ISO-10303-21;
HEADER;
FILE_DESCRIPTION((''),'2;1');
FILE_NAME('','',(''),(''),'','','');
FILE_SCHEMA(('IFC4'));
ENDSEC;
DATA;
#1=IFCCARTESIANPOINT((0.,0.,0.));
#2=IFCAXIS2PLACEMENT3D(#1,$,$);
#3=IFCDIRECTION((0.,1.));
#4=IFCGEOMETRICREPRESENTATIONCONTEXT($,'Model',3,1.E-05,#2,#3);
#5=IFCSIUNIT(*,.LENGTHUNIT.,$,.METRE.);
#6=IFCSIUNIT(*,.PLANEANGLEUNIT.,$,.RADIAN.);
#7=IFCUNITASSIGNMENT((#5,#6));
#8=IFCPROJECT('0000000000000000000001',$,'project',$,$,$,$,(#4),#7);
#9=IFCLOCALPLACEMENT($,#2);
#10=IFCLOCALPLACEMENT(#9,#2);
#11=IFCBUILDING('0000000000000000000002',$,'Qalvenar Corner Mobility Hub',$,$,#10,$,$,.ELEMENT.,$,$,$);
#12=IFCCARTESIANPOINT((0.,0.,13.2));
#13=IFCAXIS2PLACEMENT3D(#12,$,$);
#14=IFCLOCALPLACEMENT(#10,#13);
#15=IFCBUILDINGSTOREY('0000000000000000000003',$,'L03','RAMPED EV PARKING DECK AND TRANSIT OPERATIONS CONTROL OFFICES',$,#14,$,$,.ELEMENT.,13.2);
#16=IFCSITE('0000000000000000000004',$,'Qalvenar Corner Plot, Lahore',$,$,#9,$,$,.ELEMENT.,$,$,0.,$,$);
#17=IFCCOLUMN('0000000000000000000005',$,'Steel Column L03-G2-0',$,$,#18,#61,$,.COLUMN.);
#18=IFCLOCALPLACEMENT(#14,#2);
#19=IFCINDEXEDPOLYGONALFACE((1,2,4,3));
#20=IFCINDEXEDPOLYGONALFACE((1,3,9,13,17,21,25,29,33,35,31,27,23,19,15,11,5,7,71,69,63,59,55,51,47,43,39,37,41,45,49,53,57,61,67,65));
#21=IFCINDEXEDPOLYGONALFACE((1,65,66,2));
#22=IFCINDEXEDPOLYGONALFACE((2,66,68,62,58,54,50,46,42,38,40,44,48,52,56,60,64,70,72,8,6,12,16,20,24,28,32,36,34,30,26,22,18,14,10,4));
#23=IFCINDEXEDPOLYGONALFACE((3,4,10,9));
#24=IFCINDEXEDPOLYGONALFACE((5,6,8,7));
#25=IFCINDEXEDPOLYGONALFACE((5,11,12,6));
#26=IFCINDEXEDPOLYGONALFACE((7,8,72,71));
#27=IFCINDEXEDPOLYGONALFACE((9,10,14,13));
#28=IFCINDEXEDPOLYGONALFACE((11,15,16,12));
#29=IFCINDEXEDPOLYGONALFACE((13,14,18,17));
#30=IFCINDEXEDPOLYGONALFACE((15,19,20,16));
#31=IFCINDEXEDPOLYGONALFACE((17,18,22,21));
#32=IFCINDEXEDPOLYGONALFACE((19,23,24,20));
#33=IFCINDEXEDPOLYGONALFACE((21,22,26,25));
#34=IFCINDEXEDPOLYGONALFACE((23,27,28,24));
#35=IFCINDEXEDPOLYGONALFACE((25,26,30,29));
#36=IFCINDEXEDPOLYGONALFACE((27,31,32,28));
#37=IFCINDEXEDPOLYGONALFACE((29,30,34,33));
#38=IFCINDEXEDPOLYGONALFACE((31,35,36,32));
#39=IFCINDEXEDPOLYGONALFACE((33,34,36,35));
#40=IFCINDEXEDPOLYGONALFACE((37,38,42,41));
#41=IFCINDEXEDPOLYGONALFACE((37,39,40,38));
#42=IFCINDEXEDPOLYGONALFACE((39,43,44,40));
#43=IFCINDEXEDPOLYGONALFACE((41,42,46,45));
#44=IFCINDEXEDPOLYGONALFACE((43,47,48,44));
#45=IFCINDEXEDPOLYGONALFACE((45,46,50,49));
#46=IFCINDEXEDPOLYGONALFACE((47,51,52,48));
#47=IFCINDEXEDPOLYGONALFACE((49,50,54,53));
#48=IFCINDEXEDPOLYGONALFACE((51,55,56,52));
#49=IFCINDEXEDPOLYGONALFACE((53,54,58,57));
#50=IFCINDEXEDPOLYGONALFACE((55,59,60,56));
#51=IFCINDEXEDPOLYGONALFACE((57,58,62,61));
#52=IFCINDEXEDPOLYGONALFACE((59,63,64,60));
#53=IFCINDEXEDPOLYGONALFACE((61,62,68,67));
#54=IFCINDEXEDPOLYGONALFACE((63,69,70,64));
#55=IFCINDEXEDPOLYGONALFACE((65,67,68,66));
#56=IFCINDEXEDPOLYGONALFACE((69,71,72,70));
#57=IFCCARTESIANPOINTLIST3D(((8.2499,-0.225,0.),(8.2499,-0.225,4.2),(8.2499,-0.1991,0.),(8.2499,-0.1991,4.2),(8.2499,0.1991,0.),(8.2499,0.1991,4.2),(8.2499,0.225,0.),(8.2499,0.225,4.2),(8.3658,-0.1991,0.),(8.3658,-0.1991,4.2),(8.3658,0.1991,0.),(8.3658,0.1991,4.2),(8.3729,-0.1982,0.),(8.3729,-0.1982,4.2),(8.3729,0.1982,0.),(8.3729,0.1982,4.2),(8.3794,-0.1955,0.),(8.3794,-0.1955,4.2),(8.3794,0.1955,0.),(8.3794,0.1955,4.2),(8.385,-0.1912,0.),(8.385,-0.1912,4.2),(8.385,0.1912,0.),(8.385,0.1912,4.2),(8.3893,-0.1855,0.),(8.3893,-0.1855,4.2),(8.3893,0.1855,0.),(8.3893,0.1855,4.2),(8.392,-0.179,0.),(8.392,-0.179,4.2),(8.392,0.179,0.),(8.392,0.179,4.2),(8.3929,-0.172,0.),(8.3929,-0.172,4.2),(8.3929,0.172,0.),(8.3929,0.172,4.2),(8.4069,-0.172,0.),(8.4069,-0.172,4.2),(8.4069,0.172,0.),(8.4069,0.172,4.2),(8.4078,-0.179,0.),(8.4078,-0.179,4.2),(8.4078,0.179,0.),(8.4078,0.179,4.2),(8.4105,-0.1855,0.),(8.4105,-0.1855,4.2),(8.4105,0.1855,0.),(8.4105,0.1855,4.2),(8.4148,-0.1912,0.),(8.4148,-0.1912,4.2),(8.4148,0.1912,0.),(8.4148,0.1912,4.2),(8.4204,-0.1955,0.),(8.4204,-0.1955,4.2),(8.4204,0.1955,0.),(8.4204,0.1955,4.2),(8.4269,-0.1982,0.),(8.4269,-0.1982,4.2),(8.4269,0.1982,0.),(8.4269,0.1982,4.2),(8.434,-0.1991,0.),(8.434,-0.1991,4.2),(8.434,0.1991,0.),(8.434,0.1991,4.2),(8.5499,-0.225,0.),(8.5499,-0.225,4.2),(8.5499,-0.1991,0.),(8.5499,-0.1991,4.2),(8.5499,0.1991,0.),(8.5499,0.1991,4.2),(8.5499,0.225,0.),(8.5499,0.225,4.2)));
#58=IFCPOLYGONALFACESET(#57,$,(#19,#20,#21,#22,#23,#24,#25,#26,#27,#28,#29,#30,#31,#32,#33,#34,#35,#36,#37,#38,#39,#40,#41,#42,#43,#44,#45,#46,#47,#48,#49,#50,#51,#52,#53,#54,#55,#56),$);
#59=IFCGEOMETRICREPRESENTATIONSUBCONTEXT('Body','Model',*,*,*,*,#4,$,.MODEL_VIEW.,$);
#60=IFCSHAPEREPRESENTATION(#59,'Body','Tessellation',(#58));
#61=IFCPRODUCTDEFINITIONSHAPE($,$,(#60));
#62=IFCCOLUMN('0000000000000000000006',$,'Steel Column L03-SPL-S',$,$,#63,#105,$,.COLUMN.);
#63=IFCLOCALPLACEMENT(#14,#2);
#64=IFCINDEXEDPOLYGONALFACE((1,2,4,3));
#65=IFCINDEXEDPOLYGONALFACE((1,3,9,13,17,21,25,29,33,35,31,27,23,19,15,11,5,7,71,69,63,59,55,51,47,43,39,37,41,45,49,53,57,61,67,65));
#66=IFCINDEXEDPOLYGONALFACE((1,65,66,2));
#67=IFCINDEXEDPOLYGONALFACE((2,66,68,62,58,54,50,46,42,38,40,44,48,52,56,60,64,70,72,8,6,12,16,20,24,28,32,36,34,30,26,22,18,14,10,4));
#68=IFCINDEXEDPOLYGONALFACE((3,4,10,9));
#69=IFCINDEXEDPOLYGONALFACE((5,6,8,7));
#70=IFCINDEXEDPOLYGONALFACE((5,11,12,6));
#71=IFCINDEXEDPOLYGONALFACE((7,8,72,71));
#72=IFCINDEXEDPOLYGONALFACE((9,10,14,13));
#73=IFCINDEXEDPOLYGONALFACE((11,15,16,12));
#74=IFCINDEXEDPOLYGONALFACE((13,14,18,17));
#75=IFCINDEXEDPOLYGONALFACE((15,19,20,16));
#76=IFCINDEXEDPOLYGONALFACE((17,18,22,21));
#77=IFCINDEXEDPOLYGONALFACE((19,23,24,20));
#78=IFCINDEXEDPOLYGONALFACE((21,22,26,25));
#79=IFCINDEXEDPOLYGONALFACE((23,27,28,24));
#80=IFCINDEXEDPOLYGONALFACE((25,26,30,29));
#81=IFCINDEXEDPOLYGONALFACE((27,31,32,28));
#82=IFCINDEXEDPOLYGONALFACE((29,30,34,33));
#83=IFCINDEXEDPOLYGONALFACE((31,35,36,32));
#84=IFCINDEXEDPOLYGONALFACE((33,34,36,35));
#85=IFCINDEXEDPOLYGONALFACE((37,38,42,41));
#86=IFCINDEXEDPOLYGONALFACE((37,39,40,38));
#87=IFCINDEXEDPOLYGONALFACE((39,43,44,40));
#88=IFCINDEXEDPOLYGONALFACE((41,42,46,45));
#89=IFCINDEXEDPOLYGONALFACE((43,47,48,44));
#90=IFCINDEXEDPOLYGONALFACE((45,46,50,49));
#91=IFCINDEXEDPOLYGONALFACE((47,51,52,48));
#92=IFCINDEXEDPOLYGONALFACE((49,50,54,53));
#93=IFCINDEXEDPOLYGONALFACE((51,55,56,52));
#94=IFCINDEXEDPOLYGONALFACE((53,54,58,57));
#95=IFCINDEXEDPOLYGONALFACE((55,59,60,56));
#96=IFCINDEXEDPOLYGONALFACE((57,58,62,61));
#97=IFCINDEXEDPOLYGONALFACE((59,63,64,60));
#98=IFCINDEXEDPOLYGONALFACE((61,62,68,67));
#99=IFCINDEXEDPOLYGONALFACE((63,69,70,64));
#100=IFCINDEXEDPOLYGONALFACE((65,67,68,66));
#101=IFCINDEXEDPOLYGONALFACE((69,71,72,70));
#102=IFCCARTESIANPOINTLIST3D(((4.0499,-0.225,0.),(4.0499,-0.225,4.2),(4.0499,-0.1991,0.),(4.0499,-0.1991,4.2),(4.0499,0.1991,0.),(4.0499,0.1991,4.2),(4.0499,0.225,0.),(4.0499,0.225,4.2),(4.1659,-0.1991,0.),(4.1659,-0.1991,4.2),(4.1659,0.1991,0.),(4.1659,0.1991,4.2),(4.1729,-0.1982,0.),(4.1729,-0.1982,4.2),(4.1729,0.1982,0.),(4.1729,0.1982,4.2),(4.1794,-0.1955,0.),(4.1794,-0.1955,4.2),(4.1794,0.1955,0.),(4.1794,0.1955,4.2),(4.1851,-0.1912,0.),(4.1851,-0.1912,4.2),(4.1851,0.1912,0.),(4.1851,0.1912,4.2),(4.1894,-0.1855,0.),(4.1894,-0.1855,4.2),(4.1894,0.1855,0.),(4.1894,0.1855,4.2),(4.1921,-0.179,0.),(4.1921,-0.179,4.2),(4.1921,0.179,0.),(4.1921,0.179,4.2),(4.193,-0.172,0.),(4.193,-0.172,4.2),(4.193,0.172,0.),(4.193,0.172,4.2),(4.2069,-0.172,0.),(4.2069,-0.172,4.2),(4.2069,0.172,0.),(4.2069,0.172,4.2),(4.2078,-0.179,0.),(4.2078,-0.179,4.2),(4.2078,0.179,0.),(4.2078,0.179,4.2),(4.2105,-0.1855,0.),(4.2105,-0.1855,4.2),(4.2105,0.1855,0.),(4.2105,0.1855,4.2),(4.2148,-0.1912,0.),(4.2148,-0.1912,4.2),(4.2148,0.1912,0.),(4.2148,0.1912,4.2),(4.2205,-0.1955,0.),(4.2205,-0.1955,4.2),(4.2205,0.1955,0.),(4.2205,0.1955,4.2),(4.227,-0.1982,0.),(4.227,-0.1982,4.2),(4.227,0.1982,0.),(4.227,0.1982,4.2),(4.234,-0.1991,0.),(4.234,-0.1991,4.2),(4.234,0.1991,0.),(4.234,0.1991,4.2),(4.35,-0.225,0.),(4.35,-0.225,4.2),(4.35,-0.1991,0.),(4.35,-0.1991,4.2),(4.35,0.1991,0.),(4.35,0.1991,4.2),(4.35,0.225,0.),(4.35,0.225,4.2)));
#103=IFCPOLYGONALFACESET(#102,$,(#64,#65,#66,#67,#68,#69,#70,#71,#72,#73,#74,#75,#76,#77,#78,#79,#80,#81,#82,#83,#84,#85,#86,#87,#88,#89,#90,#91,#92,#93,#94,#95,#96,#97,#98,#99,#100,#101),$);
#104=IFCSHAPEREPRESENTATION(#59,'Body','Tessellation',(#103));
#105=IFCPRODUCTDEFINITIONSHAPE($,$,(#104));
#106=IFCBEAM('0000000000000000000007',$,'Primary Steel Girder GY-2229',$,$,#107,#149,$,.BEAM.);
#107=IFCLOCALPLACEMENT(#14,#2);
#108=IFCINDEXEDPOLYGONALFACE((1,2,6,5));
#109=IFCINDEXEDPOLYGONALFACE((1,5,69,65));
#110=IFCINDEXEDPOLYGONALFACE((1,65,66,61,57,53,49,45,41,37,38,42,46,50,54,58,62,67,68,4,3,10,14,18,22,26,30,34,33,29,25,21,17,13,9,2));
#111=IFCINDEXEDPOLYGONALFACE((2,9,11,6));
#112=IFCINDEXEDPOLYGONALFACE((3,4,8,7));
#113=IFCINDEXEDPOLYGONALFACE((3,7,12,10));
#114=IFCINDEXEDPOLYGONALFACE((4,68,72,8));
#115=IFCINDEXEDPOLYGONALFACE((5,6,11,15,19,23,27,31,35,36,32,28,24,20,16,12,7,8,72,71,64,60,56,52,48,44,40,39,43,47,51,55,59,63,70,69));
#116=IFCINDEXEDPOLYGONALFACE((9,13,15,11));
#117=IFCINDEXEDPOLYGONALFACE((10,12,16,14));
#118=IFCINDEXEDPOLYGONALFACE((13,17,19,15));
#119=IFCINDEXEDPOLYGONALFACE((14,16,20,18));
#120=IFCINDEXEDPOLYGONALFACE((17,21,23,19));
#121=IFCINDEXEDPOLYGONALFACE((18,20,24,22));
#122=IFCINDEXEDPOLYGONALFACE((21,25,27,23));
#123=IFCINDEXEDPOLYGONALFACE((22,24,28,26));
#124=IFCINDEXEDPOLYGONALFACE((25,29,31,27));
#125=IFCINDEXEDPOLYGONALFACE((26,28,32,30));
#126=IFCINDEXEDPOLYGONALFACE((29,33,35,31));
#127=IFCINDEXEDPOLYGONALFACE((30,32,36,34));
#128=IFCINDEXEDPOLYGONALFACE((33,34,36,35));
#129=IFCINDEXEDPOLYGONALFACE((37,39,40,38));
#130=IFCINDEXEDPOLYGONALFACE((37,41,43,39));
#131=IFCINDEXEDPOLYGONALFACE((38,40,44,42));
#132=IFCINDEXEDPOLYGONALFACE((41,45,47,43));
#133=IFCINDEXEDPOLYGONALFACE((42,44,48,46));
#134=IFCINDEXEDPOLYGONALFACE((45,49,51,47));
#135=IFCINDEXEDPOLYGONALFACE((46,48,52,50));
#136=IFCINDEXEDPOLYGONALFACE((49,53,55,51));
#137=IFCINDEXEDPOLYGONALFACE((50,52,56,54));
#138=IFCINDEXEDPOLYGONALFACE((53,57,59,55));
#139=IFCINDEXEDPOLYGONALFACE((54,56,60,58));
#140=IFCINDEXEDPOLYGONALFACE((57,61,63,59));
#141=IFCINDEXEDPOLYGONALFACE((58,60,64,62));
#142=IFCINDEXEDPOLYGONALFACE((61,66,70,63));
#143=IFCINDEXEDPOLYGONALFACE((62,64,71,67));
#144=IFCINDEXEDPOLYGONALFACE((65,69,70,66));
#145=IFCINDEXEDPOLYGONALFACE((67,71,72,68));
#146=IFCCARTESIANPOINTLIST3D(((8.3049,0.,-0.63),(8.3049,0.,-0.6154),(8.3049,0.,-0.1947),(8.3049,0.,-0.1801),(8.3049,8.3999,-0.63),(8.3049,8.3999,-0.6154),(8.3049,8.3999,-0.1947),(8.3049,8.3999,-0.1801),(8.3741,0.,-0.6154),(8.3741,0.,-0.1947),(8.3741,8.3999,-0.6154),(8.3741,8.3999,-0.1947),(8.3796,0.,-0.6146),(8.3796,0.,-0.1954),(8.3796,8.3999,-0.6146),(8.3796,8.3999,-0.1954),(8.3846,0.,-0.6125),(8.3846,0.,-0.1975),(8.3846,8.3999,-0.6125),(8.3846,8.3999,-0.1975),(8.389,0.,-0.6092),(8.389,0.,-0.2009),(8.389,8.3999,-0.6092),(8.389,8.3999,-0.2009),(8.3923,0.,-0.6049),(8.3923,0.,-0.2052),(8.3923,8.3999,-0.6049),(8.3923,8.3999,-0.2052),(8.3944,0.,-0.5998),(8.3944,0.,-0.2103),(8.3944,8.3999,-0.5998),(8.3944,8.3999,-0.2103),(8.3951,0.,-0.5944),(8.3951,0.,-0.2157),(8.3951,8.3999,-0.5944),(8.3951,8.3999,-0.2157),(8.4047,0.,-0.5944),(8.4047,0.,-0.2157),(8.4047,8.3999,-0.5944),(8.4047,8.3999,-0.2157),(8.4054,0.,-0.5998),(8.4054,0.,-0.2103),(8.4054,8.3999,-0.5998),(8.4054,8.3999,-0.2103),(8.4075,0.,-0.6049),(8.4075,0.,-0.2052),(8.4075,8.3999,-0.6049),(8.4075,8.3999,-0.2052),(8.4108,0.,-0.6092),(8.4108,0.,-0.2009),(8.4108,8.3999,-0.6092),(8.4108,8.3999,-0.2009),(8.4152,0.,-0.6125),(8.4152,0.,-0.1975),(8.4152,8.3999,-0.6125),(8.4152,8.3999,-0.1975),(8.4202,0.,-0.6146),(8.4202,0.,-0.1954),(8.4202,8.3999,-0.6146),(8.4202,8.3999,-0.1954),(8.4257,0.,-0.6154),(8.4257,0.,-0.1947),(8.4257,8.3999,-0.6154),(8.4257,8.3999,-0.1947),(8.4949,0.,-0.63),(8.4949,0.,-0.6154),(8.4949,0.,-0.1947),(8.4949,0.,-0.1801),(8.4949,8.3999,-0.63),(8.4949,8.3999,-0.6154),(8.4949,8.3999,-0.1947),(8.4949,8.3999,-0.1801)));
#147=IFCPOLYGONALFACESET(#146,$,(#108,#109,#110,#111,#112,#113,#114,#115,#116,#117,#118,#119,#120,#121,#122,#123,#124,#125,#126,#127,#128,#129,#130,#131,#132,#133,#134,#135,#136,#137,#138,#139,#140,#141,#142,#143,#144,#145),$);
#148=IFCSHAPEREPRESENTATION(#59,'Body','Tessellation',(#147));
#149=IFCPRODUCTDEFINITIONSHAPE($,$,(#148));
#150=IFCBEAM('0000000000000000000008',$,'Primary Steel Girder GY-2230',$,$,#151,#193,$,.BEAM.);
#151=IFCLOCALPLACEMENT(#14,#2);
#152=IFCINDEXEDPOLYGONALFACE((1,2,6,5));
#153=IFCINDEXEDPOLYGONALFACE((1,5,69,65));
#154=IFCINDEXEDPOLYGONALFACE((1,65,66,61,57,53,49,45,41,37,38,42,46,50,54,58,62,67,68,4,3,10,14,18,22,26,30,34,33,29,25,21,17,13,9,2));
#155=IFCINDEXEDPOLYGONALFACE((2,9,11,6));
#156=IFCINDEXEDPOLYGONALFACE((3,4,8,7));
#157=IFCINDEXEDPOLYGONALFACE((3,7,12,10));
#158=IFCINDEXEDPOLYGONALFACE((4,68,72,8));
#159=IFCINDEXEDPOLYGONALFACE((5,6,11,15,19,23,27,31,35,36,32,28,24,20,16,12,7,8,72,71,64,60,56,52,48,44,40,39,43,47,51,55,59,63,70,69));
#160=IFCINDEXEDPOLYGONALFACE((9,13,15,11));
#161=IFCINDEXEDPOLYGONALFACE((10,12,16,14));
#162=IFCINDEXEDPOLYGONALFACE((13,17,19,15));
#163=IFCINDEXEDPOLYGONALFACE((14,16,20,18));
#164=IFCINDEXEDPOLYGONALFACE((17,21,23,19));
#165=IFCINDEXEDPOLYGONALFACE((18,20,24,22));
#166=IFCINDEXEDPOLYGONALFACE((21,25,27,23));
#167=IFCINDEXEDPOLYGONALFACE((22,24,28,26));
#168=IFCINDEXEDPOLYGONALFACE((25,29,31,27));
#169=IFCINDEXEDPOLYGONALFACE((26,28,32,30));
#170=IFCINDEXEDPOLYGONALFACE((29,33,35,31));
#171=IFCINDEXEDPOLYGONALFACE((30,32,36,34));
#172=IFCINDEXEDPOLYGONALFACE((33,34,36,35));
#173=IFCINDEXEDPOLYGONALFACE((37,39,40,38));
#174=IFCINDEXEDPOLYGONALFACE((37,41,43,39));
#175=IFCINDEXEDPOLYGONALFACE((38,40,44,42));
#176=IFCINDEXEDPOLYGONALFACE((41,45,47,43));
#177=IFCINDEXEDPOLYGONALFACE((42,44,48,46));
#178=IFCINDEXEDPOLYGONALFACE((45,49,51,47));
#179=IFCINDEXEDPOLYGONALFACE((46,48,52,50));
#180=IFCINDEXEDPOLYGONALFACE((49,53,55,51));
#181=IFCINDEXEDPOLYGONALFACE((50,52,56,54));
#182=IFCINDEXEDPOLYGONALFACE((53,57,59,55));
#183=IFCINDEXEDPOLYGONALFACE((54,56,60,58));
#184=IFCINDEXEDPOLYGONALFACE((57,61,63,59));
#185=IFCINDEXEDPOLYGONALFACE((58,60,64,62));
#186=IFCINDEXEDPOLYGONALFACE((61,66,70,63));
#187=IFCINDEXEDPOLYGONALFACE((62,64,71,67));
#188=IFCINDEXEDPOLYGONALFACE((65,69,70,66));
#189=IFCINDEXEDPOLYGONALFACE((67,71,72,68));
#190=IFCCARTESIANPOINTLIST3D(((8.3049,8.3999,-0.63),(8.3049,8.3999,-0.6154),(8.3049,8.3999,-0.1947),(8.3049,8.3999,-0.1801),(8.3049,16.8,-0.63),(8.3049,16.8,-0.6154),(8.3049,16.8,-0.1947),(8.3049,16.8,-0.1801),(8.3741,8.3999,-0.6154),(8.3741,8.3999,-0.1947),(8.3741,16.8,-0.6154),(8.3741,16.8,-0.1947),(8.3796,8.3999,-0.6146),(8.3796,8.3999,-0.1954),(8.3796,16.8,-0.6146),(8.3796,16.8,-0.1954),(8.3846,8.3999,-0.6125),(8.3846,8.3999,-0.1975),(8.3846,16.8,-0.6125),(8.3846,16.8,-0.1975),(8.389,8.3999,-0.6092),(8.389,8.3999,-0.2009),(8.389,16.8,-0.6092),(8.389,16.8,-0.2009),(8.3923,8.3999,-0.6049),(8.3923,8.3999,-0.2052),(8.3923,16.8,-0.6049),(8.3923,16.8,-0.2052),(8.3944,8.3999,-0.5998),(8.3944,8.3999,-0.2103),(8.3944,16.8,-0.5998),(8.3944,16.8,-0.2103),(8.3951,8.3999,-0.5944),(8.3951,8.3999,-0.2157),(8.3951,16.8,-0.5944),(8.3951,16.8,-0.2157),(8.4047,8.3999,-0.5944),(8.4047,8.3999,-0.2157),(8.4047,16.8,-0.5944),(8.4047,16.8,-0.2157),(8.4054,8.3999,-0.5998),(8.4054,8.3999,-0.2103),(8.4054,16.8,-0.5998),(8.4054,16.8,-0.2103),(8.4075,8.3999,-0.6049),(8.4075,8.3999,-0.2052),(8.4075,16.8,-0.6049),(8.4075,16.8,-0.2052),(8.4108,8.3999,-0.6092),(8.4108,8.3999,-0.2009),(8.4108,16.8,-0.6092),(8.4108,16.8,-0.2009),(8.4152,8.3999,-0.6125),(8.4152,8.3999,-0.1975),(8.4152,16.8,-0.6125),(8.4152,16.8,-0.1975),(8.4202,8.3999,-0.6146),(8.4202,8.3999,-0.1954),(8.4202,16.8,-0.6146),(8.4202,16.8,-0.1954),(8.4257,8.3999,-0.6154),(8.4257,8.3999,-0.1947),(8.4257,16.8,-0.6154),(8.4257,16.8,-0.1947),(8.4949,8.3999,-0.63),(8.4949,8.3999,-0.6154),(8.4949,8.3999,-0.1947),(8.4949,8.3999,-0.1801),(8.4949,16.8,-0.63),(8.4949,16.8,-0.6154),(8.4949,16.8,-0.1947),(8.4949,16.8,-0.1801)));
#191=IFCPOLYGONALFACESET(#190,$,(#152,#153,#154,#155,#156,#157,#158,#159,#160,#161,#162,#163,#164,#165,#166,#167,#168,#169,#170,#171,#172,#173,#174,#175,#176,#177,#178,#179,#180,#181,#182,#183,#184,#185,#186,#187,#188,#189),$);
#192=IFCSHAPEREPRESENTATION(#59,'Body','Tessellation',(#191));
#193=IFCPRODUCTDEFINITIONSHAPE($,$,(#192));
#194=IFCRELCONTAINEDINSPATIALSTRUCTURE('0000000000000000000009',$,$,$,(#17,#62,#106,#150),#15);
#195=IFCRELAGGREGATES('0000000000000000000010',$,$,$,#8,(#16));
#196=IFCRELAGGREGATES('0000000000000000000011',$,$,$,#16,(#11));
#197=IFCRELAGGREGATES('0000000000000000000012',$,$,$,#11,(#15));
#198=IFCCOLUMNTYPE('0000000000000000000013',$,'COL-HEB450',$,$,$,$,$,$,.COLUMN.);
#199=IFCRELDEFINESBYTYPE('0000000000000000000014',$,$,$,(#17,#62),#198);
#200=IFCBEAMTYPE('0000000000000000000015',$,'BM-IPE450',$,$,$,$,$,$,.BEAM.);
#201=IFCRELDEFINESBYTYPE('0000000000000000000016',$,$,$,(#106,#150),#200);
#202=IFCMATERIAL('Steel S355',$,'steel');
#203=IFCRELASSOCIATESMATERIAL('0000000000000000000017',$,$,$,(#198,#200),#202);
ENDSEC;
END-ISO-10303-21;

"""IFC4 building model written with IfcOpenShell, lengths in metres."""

from ifc_helpers import new_model, si_unit, direction, frame, origin, origin_2d, place, context, subcontext, project, spatial, i_section, extrude, material, material_profile, profile_set, type_object, element, save


model = new_model("IFC4")

# Units and contexts
model_context = context("Model", 3, precision=1e-05, world=origin(), true_north=direction((0.0, 1.0)))
body_context = subcontext(model_context, "Body", "Model", "MODEL_VIEW")
ifc_project = project(units=[si_unit("LENGTHUNIT", "METRE"), si_unit("PLANEANGLEUNIT", "RADIAN")], contexts=[model_context])

# Site, building, storey
site_placement = place(None, origin())
site = spatial("IfcSite", under=ifc_project, at=site_placement, Name="Qalvenar Corner Plot, Lahore", CompositionType="ELEMENT", RefElevation=0.0)
building_placement = place(site_placement, origin())
building = spatial("IfcBuilding", under=site, at=building_placement, Name="Qalvenar Corner Mobility Hub", CompositionType="ELEMENT")
storey_placement = place(building_placement, frame((0.0, 0.0, 13.2)))
storey = spatial("IfcBuildingStorey", under=building, at=storey_placement, Name="L03", Description="RAMPED EV PARKING DECK AND TRANSIT OPERATIONS CONTROL OFFICES", CompositionType="ELEMENT", Elevation=13.2)

# Columns
ifc_material_1 = material(Name="Steel S355", Category="steel")
ifc_material_profile_1 = material_profile(ifc_material_1, i_section(OverallWidth=0.3, OverallDepth=0.45, WebThickness=0.0139, FlangeThickness=0.0259, FilletRadius=0.0271, at=origin_2d()), Name="HEB450")
ifc_profile_set_1 = profile_set([ifc_material_profile_1], Name="Steel S355")
column_type = type_object("IfcColumnType", Name="COL-HEB450", PredefinedType="COLUMN", material=ifc_profile_set_1)
for number, where, z_axis, x_axis, name in (
    (1, (8.3999, 0.0, 0.0), (0.0, 0.0, 1.0), (1.0, 0.0, 0.0), "Steel Column L03-G2-0"),
    (2, (4.2, 0.0, 0.0), (0.0, 0.0, 1.0), (1.0, 0.0, 0.0), "Steel Column L03-SPL-S"),
):
    element("IfcColumn", number, at=place(storey_placement, frame(where, z_axis=z_axis, x_axis=x_axis)), inside=storey, type_object=column_type, Name=name, PredefinedType="COLUMN", context=body_context, shape_type="SweptSolid", body=[
        extrude(i_section(OverallWidth=0.3, OverallDepth=0.45, WebThickness=0.0139, FlangeThickness=0.0259, FilletRadius=0.0271, at=origin_2d()), origin(), (0.0, 0.0, 1.0), 4.2),
    ])

# Beams
ifc_material_profile_2 = material_profile(ifc_material_1, i_section(OverallWidth=0.1899, OverallDepth=0.45, WebThickness=0.0095, FlangeThickness=0.0146, FilletRadius=0.021, at=origin_2d()), Name="IPE450")
ifc_profile_set_2 = profile_set([ifc_material_profile_2], Name="Steel S355")
beam_type_1 = type_object("IfcBeamType", Name="BM-IPE450", PredefinedType="BEAM", material=ifc_profile_set_2)
beam_1_placement = place(storey_placement, frame((8.3999, 0.0, -0.405), z_axis=(0.0, 1.0, 0.0), x_axis=(-1.0, 0.0, 0.0)))
element("IfcBeam", 3, at=beam_1_placement, inside=storey, type_object=beam_type_1, Name="Primary Steel Girder GY-2229", PredefinedType="BEAM", context=body_context, shape_type="SweptSolid", body=[
    extrude(i_section(OverallWidth=0.1899, OverallDepth=0.45, WebThickness=0.0095, FlangeThickness=0.0146, FilletRadius=0.021, at=origin_2d()), origin(), (0.0, 0.0, 1.0), 8.3999),
])
beam_2_placement = place(storey_placement, frame((8.3999, 8.3999, -0.405), z_axis=(0.0, 1.0, 0.0), x_axis=(-1.0, 0.0, 0.0)))
element("IfcBeam", 4, at=beam_2_placement, inside=storey, type_object=beam_type_1, Name="Primary Steel Girder GY-2230", PredefinedType="BEAM", context=body_context, shape_type="SweptSolid", body=[
    extrude(i_section(OverallWidth=0.1899, OverallDepth=0.45, WebThickness=0.0095, FlangeThickness=0.0146, FilletRadius=0.021, at=origin_2d()), origin(), (0.0, 0.0, 1.0), 8.4001),
])

save(model, "model.ifc")
